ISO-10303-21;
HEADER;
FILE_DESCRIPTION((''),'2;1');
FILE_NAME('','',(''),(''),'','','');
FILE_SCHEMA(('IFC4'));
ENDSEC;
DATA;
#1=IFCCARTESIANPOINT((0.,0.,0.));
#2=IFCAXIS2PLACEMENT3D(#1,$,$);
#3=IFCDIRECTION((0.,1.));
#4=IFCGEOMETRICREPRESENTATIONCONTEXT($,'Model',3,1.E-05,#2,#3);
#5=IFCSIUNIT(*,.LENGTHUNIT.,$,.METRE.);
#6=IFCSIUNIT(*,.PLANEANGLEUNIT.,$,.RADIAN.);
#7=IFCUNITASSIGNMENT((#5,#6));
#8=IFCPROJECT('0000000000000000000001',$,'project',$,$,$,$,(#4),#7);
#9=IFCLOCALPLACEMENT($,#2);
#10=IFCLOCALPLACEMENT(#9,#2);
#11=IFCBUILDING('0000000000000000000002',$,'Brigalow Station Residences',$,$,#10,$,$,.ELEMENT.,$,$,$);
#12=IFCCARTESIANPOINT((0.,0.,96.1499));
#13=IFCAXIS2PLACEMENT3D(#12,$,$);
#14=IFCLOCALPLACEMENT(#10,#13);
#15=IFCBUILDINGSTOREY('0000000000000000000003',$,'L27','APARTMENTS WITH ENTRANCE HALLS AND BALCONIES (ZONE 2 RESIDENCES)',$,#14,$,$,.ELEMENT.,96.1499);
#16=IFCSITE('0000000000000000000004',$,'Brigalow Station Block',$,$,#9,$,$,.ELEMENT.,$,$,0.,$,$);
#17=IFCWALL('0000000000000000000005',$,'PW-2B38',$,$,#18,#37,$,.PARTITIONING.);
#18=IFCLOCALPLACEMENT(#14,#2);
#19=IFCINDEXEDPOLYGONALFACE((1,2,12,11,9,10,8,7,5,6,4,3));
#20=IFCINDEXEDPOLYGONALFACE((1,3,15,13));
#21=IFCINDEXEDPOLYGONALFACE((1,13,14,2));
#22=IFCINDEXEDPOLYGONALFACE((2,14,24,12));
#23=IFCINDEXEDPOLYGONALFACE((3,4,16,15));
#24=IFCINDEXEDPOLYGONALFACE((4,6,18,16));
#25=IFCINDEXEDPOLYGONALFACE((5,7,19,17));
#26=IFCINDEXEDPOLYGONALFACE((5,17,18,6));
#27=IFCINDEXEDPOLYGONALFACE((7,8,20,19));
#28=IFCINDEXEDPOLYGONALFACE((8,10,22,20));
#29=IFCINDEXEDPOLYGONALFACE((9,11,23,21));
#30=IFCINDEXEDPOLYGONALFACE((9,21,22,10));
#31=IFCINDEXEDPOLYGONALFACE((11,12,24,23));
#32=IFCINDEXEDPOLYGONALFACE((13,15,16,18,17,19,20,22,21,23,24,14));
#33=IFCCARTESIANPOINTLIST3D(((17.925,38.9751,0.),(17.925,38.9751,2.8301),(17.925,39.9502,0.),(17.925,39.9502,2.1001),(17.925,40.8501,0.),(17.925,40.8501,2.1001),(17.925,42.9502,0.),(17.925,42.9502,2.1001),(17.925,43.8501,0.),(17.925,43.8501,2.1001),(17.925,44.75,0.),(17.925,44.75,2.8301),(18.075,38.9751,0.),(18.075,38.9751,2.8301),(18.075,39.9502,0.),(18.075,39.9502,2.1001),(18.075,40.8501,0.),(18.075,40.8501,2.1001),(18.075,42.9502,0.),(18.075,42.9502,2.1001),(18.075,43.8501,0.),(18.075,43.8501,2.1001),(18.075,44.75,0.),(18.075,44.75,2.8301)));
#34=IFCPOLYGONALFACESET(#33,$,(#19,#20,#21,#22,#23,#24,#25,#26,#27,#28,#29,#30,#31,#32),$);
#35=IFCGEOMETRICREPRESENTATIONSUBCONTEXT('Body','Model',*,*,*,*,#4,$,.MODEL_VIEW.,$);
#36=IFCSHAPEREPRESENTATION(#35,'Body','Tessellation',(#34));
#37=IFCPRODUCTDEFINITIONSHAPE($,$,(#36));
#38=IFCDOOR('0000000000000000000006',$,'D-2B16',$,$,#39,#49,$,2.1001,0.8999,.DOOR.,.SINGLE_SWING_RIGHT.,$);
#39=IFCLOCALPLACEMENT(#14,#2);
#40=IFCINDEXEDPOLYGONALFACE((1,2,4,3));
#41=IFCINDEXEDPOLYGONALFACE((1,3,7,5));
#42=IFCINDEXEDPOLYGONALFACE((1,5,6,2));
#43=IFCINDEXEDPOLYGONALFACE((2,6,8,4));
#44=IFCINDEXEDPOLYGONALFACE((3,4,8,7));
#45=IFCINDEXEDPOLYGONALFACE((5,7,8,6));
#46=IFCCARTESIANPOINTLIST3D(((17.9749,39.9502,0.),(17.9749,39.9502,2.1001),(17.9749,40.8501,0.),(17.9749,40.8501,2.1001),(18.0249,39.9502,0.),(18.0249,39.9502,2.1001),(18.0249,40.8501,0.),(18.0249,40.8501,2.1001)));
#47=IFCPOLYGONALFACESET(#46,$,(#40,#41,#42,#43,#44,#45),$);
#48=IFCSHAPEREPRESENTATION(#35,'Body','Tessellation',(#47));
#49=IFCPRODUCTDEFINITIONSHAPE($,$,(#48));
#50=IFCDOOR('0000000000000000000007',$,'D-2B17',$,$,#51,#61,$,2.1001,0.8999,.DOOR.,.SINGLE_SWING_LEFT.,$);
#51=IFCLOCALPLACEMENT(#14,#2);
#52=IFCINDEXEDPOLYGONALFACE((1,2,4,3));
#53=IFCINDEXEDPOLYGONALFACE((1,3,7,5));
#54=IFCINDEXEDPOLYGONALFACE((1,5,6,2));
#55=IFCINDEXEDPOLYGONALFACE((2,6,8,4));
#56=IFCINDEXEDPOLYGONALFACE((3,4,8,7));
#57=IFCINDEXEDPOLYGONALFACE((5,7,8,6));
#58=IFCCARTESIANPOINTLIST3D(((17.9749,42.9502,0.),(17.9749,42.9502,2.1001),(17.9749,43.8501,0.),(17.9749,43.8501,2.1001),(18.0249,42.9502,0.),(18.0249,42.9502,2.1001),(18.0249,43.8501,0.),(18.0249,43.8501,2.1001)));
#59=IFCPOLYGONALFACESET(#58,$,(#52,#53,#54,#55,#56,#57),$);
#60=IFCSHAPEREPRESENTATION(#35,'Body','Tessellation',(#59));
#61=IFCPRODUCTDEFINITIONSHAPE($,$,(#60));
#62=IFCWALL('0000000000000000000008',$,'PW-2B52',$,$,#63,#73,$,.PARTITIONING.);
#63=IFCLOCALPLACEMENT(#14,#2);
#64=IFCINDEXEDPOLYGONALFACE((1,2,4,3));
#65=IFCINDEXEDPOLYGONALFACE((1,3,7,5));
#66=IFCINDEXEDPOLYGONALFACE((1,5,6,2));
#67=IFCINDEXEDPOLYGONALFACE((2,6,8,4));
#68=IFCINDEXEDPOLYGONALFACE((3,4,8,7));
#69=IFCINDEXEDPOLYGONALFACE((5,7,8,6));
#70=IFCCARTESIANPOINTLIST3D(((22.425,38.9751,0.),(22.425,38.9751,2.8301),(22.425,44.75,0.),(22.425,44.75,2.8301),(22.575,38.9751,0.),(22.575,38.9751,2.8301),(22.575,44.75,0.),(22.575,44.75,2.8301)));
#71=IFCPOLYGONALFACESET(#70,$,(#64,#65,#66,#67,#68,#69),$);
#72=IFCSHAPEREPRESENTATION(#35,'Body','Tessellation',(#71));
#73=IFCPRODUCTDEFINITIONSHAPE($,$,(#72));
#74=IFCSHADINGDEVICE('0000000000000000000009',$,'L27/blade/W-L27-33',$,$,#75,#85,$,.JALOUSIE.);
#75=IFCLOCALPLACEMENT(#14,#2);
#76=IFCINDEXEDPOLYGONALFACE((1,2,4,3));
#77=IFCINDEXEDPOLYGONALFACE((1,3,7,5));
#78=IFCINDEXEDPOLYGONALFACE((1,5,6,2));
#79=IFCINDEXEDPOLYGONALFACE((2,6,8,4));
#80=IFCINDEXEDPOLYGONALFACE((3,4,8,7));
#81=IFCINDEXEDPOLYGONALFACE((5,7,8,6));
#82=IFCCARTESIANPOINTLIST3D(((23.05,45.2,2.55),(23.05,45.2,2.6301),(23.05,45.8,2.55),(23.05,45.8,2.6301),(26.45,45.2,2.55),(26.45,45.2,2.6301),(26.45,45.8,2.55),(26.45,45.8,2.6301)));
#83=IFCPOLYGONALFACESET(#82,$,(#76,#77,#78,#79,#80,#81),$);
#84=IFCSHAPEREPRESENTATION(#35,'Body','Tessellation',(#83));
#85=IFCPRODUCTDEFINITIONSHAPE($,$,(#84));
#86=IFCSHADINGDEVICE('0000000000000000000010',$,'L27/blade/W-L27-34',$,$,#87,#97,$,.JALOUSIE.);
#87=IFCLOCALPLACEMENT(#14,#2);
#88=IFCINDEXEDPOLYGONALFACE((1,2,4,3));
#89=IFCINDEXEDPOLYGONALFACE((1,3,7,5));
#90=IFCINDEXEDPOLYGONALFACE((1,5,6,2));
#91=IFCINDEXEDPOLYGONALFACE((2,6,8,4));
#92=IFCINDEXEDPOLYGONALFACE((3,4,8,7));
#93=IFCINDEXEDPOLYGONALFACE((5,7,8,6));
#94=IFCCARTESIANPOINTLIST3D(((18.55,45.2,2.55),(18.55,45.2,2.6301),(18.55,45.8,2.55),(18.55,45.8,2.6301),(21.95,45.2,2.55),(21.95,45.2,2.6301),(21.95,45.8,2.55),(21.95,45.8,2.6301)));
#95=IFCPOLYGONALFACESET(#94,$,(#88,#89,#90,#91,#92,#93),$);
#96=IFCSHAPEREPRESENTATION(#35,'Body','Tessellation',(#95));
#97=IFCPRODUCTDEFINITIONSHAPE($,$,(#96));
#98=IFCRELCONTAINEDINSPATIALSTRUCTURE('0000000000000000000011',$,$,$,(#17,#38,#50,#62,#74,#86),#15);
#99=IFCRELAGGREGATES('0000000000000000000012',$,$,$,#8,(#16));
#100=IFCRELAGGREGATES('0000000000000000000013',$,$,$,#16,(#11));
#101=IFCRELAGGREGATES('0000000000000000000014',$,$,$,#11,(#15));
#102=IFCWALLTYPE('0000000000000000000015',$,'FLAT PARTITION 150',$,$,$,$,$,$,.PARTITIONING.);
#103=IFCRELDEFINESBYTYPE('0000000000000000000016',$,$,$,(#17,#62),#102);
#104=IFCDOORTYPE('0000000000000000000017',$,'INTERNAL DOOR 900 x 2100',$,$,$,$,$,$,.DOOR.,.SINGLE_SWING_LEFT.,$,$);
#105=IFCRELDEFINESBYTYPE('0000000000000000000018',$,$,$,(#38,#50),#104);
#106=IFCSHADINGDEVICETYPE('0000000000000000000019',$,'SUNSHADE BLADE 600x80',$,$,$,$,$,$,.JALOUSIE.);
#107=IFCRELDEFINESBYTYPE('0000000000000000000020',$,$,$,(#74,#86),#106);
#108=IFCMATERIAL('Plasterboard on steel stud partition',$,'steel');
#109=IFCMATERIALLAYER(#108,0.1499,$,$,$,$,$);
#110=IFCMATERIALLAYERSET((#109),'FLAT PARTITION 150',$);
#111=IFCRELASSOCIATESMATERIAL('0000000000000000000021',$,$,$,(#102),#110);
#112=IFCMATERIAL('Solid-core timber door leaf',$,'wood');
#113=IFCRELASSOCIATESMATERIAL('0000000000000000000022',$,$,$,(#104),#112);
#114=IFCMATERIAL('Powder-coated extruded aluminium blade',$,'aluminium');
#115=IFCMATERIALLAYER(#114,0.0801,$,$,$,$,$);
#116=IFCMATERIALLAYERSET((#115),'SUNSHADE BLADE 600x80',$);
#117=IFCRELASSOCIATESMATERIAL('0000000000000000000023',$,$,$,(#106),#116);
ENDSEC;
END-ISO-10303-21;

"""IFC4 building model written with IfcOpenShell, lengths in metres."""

from ifc_helpers import new_model, si_unit, direction, frame, frame_2d, origin, origin_2d, place, context, subcontext, project, spatial, rectangle, extrude, material, layer, layer_set, type_object, element, fill, save


model = new_model("IFC4")

# Units and contexts
model_context = context("Model", 3, precision=1e-05, world=origin(), true_north=direction((0.0, 1.0)))
body_context = subcontext(model_context, "Body", "Model", "MODEL_VIEW")
ifc_project = project(units=[si_unit("LENGTHUNIT", "METRE"), si_unit("PLANEANGLEUNIT", "RADIAN")], contexts=[model_context])

# Site, building, storey
site_placement = place(None, origin())
site = spatial("IfcSite", under=ifc_project, at=site_placement, Name="Brigalow Station Block", CompositionType="ELEMENT", RefElevation=0.0)
building_placement = place(site_placement, origin())
building = spatial("IfcBuilding", under=site, at=building_placement, Name="Brigalow Station Residences", CompositionType="ELEMENT")
storey_placement = place(building_placement, frame((0.0, 0.0, 96.1499)))
storey = spatial("IfcBuildingStorey", under=building, at=storey_placement, Name="L27", Description="APARTMENTS WITH ENTRANCE HALLS AND BALCONIES (ZONE 2 RESIDENCES)", CompositionType="ELEMENT", Elevation=96.1499)

# Shared definitions
ifc_material_1 = material(Name="Plasterboard on steel stud partition", Category="steel")
ifc_layer_1 = layer(ifc_material_1, 0.1499)
ifc_layer_set_1 = layer_set([ifc_layer_1], Name="FLAT PARTITION 150")
wall_type_1 = type_object("IfcWallType", Name="FLAT PARTITION 150", PredefinedType="PARTITIONING", material=ifc_layer_set_1)

# Wall, openings, doors
wall_1_placement = place(storey_placement, frame((18.0, 38.9751, 0.0), z_axis=(0.0, 0.0, 1.0), x_axis=(0.0, 1.0, 0.0)))
wall_1 = element("IfcWall", 1, at=wall_1_placement, inside=storey, type_object=wall_type_1, Name="PW-2B38", PredefinedType="PARTITIONING", context=body_context, shape_type="SweptSolid", body=[
    extrude(rectangle(XDim=5.7749, YDim=0.1499, at=frame_2d((2.8875, 0.0))), origin(), (0.0, 0.0, 1.0), 2.8301),
])
opening_1_placement = place(wall_1_placement, frame((0.9751, 0.0, 0.0)))
opening_1 = element("IfcOpeningElement", 2, at=opening_1_placement, cuts=wall_1, PredefinedType="OPENING", context=body_context, shape_type="SweptSolid", body=[
    extrude(rectangle(XDim=0.8999, YDim=2.1001, at=frame_2d((0.45, 1.05))), frame((0.0, 0.085, 0.0), z_axis=(0.0, -1.0, 0.0), x_axis=(1.0, 0.0, 0.0)), (0.0, 0.0, 1.0), 0.1699),
])
opening_2_placement = place(wall_1_placement, frame((3.9751, 0.0, 0.0)))
opening_2 = element("IfcOpeningElement", 3, at=opening_2_placement, cuts=wall_1, PredefinedType="OPENING", context=body_context, shape_type="SweptSolid", body=[
    extrude(rectangle(XDim=0.8999, YDim=2.1001, at=frame_2d((0.45, 1.05))), frame((0.0, 0.085, 0.0), z_axis=(0.0, -1.0, 0.0), x_axis=(1.0, 0.0, 0.0)), (0.0, 0.0, 1.0), 0.1699),
])
ifc_material_2 = material(Name="Solid-core timber door leaf", Category="wood")
door_type_1 = type_object("IfcDoorType", Name="INTERNAL DOOR 900 x 2100", OperationType="SINGLE_SWING_LEFT", PredefinedType="DOOR", material=ifc_material_2)
door_1_placement = place(opening_1_placement, frame((0.8999, 0.0, 0.0), z_axis=(0.0, 0.0, 1.0), x_axis=(-1.0, 0.0, 0.0)))
door_1 = element("IfcDoor", 4, at=door_1_placement, inside=storey, type_object=door_type_1, Name="D-2B16", OperationType="SINGLE_SWING_RIGHT", OverallHeight=2.1001, OverallWidth=0.8999, PredefinedType="DOOR", context=body_context, shape_type="SweptSolid", body=[
    extrude(rectangle(XDim=0.8999, YDim=2.1001, at=frame_2d((0.45, 1.05))), frame((0.0, 0.0249, 0.0), z_axis=(0.0, -1.0, 0.0), x_axis=(1.0, 0.0, 0.0)), (0.0, 0.0, 1.0), 0.05),
])
fill(opening_1, door_1)
door_2_placement = place(opening_2_placement, frame((0.8999, 0.0, 0.0), z_axis=(0.0, 0.0, 1.0), x_axis=(-1.0, 0.0, 0.0)))
door_2 = element("IfcDoor", 5, at=door_2_placement, inside=storey, type_object=door_type_1, Name="D-2B17", OperationType="SINGLE_SWING_LEFT", OverallHeight=2.1001, OverallWidth=0.8999, PredefinedType="DOOR", context=body_context, shape_type="SweptSolid", body=[
    extrude(rectangle(XDim=0.8999, YDim=2.1001, at=frame_2d((0.45, 1.05))), frame((0.0, 0.0249, 0.0), z_axis=(0.0, -1.0, 0.0), x_axis=(1.0, 0.0, 0.0)), (0.0, 0.0, 1.0), 0.05),
])
fill(opening_2, door_2)

# Wall
wall_2_placement = place(storey_placement, frame((22.5, 38.9751, 0.0), z_axis=(0.0, 0.0, 1.0), x_axis=(0.0, 1.0, 0.0)))
element("IfcWall", 6, at=wall_2_placement, inside=storey, type_object=wall_type_1, Name="PW-2B52", PredefinedType="PARTITIONING", context=body_context, shape_type="SweptSolid", body=[
    extrude(rectangle(XDim=5.7749, YDim=0.1499, at=frame_2d((2.8875, 0.0))), origin(), (0.0, 0.0, 1.0), 2.8301),
])

# Shading devices
ifc_material_3 = material(Name="Powder-coated extruded aluminium blade", Category="aluminium")
ifc_layer_2 = layer(ifc_material_3, 0.0801)
ifc_layer_set_2 = layer_set([ifc_layer_2], Name="SUNSHADE BLADE 600x80")
shading_device_type = type_object("IfcShadingDeviceType", Name="SUNSHADE BLADE 600x80", PredefinedType="JALOUSIE", material=ifc_layer_set_2)
for number, where, z_axis, x_axis, name in (
    (7, (24.75, 45.5, 2.55), (0.0, 0.0, 1.0), (-1.0, 0.0, 0.0), "L27/blade/W-L27-33"),
    (8, (20.25, 45.5, 2.55), (0.0, 0.0, 1.0), (-1.0, 0.0, 0.0), "L27/blade/W-L27-34"),
):
    element("IfcShadingDevice", number, at=place(storey_placement, frame(where, z_axis=z_axis, x_axis=x_axis)), inside=storey, type_object=shading_device_type, Name=name, PredefinedType="JALOUSIE", context=body_context, shape_type="SweptSolid", body=[
        extrude(rectangle(XDim=3.3999, YDim=0.6001, at=origin_2d()), origin(), (0.0, 0.0, 1.0), 0.0801),
    ])

save(model, "model.ifc")
